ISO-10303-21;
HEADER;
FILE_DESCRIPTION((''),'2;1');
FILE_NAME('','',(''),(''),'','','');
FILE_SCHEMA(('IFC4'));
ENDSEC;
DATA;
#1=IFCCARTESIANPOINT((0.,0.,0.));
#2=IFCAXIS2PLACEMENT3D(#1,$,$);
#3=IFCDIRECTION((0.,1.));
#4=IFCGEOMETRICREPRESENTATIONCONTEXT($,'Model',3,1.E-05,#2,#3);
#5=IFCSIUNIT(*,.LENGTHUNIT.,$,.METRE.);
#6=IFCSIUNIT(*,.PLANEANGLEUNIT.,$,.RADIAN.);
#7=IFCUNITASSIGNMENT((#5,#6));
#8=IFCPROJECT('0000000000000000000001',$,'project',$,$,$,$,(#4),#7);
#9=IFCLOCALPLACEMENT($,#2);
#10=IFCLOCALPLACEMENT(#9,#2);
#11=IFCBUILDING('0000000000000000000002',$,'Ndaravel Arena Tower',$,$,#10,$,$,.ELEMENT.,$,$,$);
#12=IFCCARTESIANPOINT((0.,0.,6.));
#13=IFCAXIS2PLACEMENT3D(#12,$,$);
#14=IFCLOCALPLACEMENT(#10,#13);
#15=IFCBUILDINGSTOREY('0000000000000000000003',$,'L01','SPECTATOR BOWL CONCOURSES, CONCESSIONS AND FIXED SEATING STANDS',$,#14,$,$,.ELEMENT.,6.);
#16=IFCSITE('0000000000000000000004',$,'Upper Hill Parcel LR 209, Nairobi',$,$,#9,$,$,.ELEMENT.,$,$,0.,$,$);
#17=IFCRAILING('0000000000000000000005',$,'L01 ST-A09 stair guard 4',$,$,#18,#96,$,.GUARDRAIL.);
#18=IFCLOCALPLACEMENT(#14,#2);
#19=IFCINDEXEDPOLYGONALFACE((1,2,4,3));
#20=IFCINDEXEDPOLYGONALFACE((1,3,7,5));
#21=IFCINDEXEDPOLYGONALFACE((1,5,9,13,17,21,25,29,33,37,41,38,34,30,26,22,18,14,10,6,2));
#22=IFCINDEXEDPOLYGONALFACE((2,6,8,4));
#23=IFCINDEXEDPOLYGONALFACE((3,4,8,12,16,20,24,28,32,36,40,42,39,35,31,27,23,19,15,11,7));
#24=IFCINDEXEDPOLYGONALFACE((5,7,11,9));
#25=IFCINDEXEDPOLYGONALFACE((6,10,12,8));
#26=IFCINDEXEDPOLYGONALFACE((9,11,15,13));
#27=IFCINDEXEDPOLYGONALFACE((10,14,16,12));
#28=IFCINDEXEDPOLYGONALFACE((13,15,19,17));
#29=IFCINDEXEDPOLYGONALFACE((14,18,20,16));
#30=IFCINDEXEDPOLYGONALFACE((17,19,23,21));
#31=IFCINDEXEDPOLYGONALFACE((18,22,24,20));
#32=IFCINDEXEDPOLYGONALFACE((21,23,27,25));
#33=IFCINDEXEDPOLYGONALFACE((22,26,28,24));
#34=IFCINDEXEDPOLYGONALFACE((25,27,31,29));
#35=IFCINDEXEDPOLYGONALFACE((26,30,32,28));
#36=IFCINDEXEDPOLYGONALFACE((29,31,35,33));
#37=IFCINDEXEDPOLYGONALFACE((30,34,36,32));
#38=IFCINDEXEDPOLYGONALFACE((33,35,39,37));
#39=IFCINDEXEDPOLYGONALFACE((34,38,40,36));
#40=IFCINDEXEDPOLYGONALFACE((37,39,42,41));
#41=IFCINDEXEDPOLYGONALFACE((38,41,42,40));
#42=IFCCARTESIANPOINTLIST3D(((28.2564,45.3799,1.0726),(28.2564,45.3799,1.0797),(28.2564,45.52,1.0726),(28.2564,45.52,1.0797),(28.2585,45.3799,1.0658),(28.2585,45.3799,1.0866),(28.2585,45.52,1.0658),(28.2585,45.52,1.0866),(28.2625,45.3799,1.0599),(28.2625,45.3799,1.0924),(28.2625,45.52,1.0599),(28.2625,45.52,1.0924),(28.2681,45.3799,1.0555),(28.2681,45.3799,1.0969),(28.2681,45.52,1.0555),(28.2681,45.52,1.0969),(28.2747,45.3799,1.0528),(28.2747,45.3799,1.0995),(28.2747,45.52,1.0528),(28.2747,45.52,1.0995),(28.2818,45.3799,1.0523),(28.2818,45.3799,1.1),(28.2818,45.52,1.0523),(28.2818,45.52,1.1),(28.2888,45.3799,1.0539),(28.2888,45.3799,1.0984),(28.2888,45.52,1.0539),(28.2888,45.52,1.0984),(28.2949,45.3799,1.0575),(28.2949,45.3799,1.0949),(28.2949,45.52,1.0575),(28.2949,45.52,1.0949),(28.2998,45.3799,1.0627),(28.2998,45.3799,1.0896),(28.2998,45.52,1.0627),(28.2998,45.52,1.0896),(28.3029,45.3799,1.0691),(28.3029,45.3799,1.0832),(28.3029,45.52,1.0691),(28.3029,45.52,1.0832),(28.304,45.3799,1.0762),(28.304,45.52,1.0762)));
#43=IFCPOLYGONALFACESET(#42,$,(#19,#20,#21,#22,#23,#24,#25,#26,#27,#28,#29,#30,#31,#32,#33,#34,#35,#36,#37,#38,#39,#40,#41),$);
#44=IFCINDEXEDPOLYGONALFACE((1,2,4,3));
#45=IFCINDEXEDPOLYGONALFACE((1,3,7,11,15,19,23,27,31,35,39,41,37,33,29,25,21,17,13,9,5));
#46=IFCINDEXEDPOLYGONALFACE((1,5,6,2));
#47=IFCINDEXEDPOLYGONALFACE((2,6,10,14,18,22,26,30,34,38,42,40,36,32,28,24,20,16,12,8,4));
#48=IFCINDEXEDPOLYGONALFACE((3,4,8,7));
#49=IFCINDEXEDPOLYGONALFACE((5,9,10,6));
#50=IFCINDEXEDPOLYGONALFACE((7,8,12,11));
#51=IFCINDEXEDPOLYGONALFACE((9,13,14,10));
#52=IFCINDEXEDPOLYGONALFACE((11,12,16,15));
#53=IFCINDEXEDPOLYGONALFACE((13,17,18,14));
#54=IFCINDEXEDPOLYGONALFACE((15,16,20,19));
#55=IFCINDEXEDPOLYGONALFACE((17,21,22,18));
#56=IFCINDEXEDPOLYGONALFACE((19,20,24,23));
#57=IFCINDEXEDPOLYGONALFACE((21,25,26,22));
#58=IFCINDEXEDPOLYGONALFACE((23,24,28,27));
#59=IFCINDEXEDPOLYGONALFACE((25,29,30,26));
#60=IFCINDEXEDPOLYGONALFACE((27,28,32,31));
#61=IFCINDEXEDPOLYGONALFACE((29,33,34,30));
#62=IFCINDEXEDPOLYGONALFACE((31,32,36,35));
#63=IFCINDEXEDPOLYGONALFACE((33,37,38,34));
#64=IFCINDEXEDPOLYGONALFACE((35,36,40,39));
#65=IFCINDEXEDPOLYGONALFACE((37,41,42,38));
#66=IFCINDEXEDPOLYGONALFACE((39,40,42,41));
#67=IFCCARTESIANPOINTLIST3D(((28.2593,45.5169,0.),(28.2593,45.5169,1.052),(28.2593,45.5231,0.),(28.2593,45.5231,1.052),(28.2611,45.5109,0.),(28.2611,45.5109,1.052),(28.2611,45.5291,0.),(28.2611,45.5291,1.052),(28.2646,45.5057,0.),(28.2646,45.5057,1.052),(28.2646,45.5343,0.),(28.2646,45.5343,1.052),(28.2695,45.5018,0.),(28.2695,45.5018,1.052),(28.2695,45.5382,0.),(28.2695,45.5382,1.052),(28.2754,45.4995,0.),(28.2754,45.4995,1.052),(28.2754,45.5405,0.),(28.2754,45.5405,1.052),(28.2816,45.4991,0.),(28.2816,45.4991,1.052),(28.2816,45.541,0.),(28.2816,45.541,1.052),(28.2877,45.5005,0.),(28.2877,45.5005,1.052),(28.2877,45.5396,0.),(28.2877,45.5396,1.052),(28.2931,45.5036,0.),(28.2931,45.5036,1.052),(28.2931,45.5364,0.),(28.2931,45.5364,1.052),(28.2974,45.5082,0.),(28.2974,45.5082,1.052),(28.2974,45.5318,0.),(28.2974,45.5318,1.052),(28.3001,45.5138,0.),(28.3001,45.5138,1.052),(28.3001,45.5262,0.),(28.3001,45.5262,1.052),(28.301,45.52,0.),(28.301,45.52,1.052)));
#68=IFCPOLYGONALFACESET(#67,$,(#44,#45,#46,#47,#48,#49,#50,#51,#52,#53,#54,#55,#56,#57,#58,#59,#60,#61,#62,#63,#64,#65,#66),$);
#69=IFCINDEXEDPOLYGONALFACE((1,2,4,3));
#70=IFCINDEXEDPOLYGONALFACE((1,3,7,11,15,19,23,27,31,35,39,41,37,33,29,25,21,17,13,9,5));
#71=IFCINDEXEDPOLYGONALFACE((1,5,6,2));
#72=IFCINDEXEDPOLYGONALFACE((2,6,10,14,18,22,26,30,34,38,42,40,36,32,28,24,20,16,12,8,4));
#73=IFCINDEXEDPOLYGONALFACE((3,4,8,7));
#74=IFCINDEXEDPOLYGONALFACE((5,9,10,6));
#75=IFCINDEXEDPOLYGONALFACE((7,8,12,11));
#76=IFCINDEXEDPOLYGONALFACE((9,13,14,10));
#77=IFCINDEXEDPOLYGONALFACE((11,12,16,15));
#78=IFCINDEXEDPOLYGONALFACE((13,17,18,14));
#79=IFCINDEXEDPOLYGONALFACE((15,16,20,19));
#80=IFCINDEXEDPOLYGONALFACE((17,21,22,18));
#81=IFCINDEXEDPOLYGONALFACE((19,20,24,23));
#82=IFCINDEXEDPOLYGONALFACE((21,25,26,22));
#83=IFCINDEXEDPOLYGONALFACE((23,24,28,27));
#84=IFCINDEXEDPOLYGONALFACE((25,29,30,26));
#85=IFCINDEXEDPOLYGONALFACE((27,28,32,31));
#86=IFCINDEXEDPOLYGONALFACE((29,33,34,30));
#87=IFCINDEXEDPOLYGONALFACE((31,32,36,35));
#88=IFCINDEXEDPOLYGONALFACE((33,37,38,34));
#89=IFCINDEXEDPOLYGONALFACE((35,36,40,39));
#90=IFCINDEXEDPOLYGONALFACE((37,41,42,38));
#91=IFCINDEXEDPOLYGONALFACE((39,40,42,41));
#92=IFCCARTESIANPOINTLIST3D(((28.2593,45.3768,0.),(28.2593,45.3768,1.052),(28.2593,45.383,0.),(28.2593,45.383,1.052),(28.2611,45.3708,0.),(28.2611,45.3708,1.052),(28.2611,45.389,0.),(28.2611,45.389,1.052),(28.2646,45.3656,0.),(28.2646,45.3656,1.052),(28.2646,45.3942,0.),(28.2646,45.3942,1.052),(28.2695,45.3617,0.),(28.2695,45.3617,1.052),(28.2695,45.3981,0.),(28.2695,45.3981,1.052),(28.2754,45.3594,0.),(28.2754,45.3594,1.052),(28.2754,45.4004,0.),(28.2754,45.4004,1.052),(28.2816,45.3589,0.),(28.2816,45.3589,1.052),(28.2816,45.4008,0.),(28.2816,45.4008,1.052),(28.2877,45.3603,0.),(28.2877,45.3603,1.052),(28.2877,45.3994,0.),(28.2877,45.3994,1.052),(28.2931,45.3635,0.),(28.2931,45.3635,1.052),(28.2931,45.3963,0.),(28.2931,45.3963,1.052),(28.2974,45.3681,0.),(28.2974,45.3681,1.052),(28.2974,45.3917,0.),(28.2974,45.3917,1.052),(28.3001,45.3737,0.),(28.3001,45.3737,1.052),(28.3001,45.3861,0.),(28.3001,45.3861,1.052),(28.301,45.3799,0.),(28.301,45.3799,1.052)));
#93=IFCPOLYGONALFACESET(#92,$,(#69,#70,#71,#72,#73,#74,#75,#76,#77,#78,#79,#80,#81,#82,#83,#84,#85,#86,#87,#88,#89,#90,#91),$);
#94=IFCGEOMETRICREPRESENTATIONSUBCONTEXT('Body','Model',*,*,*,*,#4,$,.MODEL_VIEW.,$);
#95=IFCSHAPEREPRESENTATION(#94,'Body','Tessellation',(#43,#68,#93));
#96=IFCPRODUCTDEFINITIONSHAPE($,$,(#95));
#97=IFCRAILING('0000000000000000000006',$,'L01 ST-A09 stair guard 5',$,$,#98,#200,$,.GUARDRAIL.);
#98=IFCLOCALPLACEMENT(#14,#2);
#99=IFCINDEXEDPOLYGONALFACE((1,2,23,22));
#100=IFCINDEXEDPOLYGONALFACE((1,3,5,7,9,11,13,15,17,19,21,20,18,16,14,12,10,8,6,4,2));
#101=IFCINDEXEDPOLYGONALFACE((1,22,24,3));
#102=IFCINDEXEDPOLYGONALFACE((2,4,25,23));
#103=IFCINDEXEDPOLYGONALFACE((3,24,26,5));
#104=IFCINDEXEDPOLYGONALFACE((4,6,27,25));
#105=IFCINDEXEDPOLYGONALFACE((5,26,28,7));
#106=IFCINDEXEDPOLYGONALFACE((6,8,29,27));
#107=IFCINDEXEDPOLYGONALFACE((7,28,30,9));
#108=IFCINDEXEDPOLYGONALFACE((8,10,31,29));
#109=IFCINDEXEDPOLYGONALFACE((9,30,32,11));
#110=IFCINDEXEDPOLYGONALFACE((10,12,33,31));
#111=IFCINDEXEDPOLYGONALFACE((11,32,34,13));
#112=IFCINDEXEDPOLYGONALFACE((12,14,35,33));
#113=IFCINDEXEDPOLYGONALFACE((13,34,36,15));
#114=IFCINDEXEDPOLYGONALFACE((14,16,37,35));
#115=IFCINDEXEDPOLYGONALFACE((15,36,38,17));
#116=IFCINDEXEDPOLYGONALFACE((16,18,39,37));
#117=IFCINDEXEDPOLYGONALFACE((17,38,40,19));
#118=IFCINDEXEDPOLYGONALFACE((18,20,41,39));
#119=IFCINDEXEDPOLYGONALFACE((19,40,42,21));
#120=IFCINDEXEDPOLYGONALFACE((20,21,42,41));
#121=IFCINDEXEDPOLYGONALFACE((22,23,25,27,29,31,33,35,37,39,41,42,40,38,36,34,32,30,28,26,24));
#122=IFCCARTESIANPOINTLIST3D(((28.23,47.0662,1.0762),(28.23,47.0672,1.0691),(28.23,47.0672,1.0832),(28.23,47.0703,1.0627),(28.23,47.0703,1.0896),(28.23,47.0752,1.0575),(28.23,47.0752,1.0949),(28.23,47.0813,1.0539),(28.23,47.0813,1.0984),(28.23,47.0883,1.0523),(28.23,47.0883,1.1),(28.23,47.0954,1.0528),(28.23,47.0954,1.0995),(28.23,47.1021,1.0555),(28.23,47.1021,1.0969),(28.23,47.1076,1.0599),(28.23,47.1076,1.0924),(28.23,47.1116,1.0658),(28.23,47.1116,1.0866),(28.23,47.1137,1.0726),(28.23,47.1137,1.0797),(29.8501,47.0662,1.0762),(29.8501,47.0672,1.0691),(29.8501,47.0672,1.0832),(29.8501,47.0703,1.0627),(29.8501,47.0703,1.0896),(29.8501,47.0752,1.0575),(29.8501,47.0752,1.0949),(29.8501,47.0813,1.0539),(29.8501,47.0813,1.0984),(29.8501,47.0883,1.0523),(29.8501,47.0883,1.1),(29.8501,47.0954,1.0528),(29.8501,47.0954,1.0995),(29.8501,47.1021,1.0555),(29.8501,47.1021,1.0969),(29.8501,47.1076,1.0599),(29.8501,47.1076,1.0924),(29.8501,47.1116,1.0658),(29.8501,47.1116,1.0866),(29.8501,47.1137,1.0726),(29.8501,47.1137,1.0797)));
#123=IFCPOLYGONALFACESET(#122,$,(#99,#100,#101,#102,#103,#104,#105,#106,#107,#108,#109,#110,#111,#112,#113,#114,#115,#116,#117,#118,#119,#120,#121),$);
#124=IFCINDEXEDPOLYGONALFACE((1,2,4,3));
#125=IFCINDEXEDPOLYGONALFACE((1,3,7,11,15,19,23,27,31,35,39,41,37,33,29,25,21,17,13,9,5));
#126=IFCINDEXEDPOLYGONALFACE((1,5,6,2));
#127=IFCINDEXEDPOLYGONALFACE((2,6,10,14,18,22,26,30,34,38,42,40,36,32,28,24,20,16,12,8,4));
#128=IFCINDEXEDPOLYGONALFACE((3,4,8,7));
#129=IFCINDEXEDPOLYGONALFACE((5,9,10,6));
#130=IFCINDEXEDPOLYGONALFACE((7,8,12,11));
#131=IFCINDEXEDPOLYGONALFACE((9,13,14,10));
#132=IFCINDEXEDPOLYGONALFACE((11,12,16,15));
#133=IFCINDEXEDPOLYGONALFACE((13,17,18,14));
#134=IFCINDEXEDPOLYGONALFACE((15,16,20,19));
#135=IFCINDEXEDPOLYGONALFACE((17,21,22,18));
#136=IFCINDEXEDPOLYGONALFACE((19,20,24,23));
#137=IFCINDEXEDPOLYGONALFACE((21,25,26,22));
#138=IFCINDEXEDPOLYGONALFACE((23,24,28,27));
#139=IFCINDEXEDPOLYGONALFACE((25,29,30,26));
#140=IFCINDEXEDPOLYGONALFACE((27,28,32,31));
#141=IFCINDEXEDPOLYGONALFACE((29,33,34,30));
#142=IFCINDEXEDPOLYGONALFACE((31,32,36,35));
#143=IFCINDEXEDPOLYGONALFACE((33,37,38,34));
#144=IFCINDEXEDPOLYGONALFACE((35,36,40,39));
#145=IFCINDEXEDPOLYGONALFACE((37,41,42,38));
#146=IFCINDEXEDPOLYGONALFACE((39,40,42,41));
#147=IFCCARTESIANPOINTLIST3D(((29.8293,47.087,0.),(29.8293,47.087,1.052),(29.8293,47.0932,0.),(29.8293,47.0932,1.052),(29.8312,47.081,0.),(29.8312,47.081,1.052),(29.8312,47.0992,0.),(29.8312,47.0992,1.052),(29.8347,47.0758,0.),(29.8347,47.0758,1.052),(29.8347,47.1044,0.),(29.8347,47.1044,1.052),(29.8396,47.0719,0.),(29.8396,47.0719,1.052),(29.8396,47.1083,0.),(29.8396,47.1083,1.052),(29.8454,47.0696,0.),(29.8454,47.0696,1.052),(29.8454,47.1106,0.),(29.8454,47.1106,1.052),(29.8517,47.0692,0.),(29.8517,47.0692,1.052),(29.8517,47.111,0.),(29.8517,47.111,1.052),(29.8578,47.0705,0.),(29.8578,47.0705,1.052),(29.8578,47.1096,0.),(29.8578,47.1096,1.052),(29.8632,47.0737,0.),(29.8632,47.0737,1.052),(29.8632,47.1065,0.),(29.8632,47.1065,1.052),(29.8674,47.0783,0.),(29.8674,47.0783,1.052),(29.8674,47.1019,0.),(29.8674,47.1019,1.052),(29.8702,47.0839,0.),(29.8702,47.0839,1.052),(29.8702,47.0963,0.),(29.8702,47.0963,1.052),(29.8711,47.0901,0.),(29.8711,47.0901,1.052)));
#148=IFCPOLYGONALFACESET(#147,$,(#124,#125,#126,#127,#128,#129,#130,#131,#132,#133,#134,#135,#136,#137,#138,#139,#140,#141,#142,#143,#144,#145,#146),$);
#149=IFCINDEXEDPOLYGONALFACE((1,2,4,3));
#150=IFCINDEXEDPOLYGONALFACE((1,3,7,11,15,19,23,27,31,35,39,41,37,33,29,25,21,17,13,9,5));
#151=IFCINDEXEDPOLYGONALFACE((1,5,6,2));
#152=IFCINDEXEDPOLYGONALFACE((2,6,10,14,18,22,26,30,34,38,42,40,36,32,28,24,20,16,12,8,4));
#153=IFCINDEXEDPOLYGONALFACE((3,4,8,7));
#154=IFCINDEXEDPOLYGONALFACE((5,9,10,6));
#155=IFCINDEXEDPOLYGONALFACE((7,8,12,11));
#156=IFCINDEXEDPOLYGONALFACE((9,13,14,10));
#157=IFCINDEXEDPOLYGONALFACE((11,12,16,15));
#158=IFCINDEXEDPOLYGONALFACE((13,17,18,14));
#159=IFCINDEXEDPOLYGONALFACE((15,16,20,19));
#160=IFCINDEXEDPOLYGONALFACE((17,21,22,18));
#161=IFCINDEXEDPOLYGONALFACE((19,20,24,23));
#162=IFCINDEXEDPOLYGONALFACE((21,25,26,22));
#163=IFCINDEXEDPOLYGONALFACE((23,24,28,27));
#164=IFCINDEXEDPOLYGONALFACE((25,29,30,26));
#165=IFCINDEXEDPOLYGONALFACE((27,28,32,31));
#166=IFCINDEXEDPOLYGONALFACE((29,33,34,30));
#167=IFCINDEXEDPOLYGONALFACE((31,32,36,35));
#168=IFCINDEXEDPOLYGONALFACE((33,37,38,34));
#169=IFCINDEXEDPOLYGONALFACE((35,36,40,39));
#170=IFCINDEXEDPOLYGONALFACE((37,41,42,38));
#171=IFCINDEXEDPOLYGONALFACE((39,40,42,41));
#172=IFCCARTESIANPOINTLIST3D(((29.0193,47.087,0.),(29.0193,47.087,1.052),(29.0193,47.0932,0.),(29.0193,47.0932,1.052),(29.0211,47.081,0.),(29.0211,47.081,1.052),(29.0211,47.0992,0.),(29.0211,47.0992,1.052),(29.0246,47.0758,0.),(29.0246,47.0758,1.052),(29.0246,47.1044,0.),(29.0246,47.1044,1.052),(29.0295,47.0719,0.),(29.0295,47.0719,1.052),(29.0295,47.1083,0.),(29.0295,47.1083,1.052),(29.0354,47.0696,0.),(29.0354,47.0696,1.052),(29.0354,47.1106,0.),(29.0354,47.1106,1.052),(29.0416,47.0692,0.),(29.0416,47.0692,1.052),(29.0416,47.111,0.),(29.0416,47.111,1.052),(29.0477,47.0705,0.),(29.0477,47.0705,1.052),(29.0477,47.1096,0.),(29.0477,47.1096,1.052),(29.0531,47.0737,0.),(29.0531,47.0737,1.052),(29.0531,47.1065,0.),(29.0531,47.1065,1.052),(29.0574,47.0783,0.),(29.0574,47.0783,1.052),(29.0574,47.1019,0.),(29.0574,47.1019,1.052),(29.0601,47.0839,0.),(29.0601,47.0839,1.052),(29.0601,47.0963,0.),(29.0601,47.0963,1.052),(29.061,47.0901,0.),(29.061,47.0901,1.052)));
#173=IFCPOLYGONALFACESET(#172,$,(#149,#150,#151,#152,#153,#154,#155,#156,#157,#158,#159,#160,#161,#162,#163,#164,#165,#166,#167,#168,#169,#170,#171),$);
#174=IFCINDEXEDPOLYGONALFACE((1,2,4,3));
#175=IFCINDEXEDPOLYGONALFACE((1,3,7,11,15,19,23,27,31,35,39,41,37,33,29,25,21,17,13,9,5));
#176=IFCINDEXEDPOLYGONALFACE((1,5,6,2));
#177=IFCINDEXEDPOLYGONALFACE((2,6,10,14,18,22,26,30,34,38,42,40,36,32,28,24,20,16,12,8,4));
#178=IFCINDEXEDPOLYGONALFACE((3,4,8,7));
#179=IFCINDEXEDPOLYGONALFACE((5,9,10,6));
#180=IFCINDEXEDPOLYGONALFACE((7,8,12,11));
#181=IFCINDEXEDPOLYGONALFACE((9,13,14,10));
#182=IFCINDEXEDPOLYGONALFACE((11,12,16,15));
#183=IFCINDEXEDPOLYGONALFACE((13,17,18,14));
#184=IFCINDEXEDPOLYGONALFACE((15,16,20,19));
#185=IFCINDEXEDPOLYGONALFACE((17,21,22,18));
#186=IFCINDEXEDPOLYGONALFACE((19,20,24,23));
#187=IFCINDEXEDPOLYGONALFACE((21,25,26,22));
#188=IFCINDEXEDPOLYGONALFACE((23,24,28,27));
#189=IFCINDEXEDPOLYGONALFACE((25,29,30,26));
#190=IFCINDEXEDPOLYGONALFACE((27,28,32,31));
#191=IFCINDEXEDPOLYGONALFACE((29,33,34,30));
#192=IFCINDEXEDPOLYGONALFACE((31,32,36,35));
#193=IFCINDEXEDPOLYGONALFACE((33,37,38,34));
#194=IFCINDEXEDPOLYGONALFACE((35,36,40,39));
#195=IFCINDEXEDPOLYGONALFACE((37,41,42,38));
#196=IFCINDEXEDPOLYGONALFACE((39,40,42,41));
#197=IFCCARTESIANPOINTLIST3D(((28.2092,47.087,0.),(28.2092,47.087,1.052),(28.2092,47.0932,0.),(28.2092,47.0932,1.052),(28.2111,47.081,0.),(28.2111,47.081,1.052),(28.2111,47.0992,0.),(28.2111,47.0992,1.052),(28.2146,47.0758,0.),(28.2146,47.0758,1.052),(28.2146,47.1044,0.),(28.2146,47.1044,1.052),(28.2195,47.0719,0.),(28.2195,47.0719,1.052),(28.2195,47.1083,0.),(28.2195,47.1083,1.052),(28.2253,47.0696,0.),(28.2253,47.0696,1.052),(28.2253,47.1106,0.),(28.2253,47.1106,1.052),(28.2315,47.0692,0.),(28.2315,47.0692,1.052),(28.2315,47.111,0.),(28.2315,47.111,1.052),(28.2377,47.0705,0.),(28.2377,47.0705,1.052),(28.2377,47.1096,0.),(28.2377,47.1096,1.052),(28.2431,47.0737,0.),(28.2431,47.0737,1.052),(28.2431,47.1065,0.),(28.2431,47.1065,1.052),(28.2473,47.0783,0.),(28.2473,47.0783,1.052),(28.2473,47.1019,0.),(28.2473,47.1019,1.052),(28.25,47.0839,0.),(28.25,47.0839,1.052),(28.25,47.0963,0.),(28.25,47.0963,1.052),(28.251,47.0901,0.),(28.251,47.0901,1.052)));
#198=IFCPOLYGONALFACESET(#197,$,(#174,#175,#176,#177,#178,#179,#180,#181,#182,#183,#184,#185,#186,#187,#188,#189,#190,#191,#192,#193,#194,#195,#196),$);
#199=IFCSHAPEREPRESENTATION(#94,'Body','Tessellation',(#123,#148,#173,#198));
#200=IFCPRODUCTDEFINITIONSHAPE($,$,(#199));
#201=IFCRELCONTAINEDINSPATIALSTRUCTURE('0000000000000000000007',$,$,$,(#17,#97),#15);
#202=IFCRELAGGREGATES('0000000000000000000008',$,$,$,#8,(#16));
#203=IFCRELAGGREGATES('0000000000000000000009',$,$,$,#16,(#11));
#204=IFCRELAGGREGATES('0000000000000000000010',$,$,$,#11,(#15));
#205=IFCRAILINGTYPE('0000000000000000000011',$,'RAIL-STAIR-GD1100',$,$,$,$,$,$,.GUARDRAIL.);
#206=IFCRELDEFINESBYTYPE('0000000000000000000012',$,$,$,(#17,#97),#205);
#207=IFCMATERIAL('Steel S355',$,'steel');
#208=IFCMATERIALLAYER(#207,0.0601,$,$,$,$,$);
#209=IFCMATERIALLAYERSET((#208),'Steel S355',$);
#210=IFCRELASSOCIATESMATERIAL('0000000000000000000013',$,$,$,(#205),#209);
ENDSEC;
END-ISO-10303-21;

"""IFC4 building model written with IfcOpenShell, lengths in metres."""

from ifc_helpers import new_model, si_unit, direction, frame, origin, origin_2d, place, context, subcontext, project, spatial, circle, extrude, material, layer, layer_set, type_object, element, save


model = new_model("IFC4")

# Units and contexts
model_context = context("Model", 3, precision=1e-05, world=origin(), true_north=direction((0.0, 1.0)))
body_context = subcontext(model_context, "Body", "Model", "MODEL_VIEW")
ifc_project = project(units=[si_unit("LENGTHUNIT", "METRE"), si_unit("PLANEANGLEUNIT", "RADIAN")], contexts=[model_context])

# Site, building, storey
site_placement = place(None, origin())
site = spatial("IfcSite", under=ifc_project, at=site_placement, Name="Upper Hill Parcel LR 209, Nairobi", CompositionType="ELEMENT", RefElevation=0.0)
building_placement = place(site_placement, origin())
building = spatial("IfcBuilding", under=site, at=building_placement, Name="Ndaravel Arena Tower", CompositionType="ELEMENT")
storey_placement = place(building_placement, frame((0.0, 0.0, 6.0)))
storey = spatial("IfcBuildingStorey", under=building, at=storey_placement, Name="L01", Description="SPECTATOR BOWL CONCOURSES, CONCESSIONS AND FIXED SEATING STANDS", CompositionType="ELEMENT", Elevation=6.0)

# Railings
ifc_material_1 = material(Name="Steel S355", Category="steel")
ifc_layer_1 = layer(ifc_material_1, 0.0601)
ifc_layer_set_1 = layer_set([ifc_layer_1], Name="Steel S355")
railing_type_1 = type_object("IfcRailingType", Name="RAIL-STAIR-GD1100", PredefinedType="GUARDRAIL", material=ifc_layer_set_1)
railing_1_placement = place(storey_placement, frame((28.28, 45.52, 0.0)))
element("IfcRailing", 1, at=railing_1_placement, inside=storey, type_object=railing_type_1, Name="L01 ST-A09 stair guard 4", PredefinedType="GUARDRAIL", context=body_context, shape_type="SweptSolid", body=[
    extrude(circle(Radius=0.0239, at=origin_2d()), frame((0.0, 0.0, 1.0762), z_axis=(0.0, -1.0, 0.0), x_axis=(1.0, 0.0, 0.0)), (0.0, 0.0, 1.0), 0.1401),
    extrude(circle(Radius=0.021, at=origin_2d()), origin(), (0.0, 0.0, 1.0), 1.052),
    extrude(circle(Radius=0.021, at=origin_2d()), frame((0.0, -0.1401, 0.0)), (0.0, 0.0, 1.0), 1.052),
])
for number, where, name in (
    (2, (29.8501, 47.0901, 0.0), "L01 ST-A09 stair guard 5"),
):
    element("IfcRailing", number, at=place(storey_placement, frame(where)), inside=storey, type_object=railing_type_1, Name=name, PredefinedType="GUARDRAIL", context=body_context, shape_type="SweptSolid", body=[
        extrude(circle(Radius=0.0239, at=origin_2d()), frame((0.0, 0.0, 1.0762), z_axis=(-1.0, 0.0, 0.0), x_axis=(0.0, -1.0, 0.0)), (0.0, 0.0, 1.0), 1.6201),
        extrude(circle(Radius=0.021, at=origin_2d()), origin(), (0.0, 0.0, 1.0), 1.052),
        extrude(circle(Radius=0.021, at=origin_2d()), frame((-0.8101, 0.0, 0.0)), (0.0, 0.0, 1.0), 1.052),
        extrude(circle(Radius=0.021, at=origin_2d()), frame((-1.6201, 0.0, 0.0)), (0.0, 0.0, 1.0), 1.052),
    ])

save(model, "model.ifc")
